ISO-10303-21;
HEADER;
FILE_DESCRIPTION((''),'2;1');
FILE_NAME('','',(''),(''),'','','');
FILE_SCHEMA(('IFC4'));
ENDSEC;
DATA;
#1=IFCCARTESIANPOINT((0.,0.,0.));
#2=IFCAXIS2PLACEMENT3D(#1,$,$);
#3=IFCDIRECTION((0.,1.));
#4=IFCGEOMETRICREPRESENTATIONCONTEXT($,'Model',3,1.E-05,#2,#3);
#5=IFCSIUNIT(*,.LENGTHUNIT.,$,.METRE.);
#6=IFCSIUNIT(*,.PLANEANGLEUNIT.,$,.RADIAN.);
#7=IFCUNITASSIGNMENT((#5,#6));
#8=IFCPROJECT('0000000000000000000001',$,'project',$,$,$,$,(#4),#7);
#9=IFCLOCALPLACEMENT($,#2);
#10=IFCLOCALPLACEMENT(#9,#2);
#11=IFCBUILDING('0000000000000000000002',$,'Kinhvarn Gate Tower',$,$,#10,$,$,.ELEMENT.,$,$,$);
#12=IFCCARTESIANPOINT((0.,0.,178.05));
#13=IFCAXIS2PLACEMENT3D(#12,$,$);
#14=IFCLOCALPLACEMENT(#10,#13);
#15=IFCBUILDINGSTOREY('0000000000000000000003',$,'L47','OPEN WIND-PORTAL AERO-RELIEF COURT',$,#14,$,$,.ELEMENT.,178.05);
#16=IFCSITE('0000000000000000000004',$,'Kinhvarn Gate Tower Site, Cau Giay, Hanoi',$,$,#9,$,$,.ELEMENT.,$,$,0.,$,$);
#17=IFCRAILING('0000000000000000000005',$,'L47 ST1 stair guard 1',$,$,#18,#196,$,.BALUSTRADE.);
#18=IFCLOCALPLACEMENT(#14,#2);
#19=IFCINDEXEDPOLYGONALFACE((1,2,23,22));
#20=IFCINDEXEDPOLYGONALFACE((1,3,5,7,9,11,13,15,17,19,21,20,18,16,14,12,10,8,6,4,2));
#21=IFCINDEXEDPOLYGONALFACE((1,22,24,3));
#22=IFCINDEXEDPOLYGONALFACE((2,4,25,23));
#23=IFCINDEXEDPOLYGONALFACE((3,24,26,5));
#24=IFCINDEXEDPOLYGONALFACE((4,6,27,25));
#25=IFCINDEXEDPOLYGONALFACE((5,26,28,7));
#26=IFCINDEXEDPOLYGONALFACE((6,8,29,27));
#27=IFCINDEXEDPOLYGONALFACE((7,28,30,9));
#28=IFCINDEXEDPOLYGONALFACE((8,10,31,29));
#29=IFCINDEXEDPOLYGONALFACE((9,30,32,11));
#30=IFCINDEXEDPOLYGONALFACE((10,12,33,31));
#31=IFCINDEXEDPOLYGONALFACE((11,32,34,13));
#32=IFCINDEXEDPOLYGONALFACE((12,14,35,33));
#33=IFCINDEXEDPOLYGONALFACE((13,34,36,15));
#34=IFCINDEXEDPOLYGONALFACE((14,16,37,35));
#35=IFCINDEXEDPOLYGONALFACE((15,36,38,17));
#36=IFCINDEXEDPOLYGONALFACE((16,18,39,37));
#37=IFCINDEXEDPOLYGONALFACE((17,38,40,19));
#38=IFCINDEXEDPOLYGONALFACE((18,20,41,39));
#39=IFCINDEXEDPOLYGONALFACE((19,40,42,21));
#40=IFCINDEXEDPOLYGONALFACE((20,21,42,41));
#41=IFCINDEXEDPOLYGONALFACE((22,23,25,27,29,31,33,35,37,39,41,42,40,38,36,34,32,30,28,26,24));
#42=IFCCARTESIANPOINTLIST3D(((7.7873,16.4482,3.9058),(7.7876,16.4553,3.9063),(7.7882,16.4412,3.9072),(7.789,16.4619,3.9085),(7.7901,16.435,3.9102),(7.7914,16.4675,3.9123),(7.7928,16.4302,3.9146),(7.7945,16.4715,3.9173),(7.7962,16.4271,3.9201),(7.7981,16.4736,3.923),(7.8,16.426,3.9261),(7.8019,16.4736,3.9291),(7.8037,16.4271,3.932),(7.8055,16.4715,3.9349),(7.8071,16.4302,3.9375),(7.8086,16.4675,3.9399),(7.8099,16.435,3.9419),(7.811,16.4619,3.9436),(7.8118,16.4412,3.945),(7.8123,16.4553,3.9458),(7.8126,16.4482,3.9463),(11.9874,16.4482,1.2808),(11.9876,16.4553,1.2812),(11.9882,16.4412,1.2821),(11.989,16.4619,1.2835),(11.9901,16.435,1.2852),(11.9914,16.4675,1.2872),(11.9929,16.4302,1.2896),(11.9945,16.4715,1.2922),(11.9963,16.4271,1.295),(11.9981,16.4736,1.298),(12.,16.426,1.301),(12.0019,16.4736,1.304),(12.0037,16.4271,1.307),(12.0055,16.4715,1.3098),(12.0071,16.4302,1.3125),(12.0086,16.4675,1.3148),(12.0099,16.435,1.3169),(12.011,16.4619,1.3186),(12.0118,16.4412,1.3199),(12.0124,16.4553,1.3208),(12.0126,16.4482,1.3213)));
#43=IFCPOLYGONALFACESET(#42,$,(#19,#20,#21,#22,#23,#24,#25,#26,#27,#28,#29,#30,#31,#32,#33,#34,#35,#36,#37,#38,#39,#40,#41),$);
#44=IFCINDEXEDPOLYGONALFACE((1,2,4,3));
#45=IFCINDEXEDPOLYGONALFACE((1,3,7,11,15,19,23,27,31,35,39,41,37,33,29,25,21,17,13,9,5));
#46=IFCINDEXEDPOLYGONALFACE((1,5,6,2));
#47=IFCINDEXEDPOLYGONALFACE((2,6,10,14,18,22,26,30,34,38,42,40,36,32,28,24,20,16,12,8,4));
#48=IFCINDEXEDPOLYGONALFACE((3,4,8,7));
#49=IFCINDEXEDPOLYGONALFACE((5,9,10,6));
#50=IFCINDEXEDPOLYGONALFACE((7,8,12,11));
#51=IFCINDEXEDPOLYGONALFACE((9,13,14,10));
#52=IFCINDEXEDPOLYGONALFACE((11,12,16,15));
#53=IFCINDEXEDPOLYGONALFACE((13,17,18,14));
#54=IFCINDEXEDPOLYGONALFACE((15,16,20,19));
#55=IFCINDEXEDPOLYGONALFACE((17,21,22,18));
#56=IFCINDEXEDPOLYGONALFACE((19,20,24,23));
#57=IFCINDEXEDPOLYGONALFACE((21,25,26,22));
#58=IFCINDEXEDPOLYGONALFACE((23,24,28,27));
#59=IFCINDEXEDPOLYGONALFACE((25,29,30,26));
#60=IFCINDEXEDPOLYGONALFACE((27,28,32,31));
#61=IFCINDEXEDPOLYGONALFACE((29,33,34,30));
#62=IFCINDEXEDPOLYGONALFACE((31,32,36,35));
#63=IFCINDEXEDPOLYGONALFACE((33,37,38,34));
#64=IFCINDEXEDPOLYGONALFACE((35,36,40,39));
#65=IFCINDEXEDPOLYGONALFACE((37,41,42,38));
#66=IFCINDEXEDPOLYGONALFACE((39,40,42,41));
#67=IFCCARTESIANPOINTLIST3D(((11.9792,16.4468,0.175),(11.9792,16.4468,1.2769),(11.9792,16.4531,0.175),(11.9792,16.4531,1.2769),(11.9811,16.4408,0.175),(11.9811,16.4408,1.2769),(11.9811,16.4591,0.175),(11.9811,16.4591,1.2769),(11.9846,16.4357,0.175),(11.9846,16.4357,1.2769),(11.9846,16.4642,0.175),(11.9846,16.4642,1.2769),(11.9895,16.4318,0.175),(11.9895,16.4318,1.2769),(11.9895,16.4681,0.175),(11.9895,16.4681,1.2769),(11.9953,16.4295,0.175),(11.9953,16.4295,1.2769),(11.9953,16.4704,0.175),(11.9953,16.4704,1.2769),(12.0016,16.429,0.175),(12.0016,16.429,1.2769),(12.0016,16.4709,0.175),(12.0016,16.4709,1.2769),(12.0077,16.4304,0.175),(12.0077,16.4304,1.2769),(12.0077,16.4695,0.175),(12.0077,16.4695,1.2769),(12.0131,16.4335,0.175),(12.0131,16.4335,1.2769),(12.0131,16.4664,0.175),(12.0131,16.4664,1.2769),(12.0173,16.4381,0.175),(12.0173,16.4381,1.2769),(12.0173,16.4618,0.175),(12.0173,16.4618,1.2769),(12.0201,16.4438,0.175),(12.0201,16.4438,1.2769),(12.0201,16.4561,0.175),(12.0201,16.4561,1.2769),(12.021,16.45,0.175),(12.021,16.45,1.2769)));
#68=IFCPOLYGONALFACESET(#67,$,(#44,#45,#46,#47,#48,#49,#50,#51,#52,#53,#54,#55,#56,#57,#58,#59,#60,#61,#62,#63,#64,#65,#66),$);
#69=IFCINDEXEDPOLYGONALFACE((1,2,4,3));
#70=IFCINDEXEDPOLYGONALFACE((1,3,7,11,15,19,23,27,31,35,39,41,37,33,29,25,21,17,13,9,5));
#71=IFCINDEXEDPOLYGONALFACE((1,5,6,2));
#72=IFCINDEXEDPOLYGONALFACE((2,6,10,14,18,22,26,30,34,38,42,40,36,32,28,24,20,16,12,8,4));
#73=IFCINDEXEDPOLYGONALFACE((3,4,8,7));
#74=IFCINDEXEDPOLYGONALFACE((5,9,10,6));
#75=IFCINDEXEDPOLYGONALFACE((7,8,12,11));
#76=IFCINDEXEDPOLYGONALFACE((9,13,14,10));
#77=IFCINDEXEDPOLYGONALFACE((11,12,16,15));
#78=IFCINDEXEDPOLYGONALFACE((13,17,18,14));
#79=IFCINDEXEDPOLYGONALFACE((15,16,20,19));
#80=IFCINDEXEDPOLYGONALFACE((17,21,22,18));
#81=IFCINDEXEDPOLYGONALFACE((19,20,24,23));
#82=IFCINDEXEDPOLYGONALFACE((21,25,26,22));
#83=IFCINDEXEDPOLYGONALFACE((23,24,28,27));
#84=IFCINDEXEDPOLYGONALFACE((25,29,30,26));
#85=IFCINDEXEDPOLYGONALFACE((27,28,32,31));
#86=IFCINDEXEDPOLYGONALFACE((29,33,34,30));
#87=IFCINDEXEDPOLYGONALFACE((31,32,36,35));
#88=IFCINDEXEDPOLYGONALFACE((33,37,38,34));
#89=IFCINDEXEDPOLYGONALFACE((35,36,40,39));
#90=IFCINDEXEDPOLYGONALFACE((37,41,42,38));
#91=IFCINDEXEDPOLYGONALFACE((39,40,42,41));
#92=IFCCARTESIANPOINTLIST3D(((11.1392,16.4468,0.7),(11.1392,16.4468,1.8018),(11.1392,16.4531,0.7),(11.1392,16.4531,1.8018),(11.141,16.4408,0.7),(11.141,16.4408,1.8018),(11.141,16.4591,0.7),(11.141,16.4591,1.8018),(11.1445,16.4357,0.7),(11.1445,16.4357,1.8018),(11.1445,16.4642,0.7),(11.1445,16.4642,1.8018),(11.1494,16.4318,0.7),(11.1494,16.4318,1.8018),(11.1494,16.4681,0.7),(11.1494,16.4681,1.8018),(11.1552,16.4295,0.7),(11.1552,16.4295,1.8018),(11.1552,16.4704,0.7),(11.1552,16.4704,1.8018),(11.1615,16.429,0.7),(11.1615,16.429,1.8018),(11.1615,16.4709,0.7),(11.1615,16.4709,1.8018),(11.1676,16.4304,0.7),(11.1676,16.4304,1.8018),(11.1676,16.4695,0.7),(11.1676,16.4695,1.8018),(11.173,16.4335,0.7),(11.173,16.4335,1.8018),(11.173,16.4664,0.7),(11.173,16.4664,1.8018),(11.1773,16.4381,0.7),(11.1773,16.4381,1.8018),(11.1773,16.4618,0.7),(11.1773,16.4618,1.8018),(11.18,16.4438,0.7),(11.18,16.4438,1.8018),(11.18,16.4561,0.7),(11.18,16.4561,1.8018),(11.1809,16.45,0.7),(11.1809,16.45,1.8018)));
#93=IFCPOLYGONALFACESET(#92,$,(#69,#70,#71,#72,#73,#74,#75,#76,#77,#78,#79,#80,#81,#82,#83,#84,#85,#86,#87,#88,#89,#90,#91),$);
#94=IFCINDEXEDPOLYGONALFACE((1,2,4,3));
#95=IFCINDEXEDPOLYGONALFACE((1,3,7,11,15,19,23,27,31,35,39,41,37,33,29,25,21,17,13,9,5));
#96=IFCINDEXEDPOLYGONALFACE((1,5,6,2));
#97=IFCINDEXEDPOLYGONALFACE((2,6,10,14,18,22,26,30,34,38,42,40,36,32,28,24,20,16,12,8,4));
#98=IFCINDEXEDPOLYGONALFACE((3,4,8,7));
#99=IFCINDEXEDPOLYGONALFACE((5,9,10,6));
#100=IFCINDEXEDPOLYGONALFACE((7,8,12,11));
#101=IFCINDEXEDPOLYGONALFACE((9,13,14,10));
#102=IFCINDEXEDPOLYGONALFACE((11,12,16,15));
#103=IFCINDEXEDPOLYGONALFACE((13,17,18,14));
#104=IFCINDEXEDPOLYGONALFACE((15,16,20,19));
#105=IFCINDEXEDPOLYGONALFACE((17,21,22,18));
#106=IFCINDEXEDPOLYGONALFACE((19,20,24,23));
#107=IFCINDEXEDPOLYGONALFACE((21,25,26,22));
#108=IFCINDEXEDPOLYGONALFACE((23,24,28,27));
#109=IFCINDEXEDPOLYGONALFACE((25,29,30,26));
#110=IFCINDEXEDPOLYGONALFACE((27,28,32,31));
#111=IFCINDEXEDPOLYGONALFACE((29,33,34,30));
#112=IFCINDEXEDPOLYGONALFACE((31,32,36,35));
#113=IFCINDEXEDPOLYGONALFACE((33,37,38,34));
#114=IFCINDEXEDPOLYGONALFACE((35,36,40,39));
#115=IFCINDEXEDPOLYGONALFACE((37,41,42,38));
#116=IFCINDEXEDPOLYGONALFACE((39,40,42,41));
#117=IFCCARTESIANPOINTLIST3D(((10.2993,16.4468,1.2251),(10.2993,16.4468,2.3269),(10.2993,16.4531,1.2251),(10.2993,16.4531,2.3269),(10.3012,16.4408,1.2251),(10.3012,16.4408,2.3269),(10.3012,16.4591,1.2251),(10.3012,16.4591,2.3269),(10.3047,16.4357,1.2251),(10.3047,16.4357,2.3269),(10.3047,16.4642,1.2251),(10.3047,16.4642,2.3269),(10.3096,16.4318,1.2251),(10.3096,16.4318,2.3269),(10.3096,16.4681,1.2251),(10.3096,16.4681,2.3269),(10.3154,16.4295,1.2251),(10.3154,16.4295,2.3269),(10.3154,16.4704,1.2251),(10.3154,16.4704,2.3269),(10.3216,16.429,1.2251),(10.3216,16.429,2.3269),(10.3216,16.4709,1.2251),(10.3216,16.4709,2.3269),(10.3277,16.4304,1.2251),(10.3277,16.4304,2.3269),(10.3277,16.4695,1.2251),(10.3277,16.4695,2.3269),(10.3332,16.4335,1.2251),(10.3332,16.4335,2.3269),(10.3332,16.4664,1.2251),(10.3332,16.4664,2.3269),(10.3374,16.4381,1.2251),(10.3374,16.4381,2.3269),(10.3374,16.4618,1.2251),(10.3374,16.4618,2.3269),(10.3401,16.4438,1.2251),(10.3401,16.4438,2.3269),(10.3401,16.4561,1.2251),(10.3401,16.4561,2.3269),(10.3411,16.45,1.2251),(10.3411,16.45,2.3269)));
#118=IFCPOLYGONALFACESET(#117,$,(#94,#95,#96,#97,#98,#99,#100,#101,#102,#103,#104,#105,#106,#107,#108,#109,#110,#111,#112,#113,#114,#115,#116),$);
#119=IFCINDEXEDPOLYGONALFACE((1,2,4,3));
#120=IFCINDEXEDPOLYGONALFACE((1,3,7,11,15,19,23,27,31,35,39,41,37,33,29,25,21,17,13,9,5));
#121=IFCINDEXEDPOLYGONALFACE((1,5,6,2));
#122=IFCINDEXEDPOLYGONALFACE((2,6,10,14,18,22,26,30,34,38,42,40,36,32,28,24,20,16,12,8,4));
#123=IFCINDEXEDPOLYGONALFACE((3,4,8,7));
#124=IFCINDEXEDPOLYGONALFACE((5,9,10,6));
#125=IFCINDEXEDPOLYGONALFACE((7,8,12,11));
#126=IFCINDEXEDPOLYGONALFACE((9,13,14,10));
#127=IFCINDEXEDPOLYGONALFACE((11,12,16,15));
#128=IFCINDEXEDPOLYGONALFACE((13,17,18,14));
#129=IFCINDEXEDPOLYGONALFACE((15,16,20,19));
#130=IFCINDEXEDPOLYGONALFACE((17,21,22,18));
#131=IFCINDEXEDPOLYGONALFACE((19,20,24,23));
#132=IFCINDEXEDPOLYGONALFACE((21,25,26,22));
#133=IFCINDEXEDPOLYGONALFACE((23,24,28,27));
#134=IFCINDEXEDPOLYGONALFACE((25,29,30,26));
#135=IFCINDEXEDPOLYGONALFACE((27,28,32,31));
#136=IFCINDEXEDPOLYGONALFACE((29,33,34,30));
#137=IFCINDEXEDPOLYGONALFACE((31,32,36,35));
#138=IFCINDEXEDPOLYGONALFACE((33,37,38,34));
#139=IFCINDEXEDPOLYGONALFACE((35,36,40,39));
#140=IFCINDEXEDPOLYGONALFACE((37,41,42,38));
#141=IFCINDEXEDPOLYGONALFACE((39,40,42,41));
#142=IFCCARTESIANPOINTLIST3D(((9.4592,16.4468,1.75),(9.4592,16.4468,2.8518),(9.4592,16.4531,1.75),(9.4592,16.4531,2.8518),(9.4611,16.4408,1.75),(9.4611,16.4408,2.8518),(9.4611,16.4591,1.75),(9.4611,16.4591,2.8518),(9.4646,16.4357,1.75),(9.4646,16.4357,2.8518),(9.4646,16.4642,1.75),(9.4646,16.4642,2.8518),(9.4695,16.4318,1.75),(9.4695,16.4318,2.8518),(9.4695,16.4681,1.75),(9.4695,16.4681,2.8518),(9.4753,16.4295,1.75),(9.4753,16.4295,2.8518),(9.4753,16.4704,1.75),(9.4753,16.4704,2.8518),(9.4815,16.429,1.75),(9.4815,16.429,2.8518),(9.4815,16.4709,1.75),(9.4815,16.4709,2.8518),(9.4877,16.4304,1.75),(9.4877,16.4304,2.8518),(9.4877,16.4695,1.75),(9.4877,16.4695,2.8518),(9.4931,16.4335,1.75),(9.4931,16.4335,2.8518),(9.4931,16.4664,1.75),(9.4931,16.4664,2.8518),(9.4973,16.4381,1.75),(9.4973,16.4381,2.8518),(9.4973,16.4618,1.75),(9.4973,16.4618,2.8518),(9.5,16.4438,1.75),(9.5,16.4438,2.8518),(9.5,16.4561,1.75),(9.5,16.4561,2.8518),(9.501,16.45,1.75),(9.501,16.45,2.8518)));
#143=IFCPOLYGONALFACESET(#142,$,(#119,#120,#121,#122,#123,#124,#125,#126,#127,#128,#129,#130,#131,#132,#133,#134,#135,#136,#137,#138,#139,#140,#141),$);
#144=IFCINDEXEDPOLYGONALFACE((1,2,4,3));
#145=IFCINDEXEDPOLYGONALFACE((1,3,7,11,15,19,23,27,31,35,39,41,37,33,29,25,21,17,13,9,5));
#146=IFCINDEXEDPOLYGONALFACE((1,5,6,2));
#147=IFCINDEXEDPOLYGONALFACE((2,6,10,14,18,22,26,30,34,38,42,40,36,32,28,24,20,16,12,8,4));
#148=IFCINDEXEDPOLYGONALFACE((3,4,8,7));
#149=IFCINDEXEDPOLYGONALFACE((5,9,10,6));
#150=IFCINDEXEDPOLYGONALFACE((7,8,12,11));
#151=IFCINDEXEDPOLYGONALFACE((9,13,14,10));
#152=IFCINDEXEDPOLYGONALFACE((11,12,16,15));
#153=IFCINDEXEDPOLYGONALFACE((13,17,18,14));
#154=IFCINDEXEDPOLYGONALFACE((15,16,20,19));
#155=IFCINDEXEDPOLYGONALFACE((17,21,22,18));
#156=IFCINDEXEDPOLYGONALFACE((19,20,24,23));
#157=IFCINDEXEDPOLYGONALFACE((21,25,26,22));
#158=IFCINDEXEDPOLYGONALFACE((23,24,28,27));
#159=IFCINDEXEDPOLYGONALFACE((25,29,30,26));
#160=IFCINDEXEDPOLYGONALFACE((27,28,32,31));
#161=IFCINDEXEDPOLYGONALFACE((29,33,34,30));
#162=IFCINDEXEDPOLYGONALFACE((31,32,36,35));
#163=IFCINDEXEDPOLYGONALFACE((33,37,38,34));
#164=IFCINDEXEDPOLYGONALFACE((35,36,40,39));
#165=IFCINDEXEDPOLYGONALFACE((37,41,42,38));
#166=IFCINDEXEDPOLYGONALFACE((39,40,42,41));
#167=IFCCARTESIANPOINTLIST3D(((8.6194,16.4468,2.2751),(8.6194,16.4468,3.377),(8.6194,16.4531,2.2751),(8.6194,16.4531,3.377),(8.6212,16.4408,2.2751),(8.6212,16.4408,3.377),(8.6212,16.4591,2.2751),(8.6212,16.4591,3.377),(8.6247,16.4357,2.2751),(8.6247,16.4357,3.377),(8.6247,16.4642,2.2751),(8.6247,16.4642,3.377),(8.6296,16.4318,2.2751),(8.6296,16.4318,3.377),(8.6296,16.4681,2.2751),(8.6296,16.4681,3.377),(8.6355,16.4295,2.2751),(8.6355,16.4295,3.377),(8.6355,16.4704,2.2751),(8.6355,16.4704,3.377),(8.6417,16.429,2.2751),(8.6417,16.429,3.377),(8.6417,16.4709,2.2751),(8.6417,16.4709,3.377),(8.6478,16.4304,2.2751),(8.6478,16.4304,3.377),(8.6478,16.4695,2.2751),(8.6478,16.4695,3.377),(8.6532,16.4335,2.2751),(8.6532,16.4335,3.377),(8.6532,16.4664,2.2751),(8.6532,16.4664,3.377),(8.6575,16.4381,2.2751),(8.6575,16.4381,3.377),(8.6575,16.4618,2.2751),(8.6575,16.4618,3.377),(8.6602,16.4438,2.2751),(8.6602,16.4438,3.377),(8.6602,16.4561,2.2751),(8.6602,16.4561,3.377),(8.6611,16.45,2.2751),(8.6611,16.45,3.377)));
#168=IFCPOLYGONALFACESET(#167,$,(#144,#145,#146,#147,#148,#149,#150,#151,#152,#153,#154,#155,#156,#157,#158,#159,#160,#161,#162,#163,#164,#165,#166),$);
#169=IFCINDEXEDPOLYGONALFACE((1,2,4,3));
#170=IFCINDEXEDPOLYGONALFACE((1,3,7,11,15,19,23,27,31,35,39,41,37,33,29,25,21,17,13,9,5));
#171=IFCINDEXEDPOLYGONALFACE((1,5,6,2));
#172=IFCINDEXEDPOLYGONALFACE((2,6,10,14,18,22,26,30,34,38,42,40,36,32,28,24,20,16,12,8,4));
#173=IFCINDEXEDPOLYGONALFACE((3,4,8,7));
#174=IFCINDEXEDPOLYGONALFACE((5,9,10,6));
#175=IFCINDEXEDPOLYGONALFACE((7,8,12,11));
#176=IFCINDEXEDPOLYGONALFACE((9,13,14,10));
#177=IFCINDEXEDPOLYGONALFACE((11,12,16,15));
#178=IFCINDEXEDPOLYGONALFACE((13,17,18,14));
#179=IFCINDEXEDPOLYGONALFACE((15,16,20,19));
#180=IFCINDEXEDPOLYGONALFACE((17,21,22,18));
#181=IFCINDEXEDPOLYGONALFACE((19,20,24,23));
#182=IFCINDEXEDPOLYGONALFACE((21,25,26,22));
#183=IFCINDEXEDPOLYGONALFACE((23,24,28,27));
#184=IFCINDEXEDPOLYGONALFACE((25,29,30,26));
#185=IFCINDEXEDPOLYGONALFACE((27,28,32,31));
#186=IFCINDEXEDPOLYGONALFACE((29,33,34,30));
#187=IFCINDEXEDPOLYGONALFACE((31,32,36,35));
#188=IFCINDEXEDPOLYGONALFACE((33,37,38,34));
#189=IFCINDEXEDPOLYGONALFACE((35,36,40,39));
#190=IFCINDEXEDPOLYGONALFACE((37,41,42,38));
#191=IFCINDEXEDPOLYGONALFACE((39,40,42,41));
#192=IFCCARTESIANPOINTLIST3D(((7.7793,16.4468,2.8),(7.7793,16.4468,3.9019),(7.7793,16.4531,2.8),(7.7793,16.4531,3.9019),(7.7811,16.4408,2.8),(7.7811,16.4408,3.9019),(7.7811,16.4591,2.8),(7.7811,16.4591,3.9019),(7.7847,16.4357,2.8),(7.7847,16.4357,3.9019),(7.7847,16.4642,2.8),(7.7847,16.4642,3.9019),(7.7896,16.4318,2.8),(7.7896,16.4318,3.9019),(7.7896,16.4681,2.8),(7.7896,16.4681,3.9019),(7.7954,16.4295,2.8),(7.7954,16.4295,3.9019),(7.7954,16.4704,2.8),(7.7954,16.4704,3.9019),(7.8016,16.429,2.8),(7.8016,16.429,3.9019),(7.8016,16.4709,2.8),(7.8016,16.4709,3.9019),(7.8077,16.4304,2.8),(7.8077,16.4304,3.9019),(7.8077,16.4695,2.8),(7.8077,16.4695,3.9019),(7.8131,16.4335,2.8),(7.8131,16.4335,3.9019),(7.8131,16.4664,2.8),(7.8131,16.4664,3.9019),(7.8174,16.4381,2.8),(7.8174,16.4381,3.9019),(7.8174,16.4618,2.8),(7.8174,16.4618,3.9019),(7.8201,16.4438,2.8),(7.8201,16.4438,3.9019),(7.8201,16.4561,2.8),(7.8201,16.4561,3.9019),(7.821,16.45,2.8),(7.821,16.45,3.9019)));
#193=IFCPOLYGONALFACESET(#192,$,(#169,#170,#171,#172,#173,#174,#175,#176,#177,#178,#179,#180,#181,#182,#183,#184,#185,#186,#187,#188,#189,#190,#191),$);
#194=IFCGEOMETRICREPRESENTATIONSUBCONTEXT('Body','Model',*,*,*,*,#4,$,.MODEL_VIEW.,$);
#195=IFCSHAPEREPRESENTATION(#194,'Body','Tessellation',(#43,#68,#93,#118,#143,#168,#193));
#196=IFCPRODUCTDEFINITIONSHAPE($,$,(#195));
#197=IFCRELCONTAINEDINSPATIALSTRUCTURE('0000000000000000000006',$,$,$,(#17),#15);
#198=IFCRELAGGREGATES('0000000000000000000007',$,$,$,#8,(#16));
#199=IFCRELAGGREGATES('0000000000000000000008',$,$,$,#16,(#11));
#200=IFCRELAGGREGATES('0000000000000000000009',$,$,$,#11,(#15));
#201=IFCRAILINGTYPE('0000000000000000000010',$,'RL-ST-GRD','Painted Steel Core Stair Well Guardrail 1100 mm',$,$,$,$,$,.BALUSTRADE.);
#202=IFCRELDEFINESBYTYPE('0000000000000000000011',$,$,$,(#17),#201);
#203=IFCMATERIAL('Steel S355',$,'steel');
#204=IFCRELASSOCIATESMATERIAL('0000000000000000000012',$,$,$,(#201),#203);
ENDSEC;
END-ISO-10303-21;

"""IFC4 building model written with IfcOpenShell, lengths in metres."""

from ifc_helpers import new_model, si_unit, direction, frame, origin, origin_2d, place, context, subcontext, project, spatial, circle, extrude, material, type_object, element, save


model = new_model("IFC4")

# Units and contexts
model_context = context("Model", 3, precision=1e-05, world=origin(), true_north=direction((0.0, 1.0)))
body_context = subcontext(model_context, "Body", "Model", "MODEL_VIEW")
ifc_project = project(units=[si_unit("LENGTHUNIT", "METRE"), si_unit("PLANEANGLEUNIT", "RADIAN")], contexts=[model_context])

# Site, building, storey
site_placement = place(None, origin())
site = spatial("IfcSite", under=ifc_project, at=site_placement, Name="Kinhvarn Gate Tower Site, Cau Giay, Hanoi", CompositionType="ELEMENT", RefElevation=0.0)
building_placement = place(site_placement, origin())
building = spatial("IfcBuilding", under=site, at=building_placement, Name="Kinhvarn Gate Tower", CompositionType="ELEMENT")
storey_placement = place(building_placement, frame((0.0, 0.0, 178.05)))
storey = spatial("IfcBuildingStorey", under=building, at=storey_placement, Name="L47", Description="OPEN WIND-PORTAL AERO-RELIEF COURT", CompositionType="ELEMENT", Elevation=178.05)

# Shared definitions
ifc_material_1 = material(Name="Steel S355", Category="steel")

# Railing
railing_type_1 = type_object("IfcRailingType", Name="RL-ST-GRD", Description="Painted Steel Core Stair Well Guardrail 1100 mm", PredefinedType="BALUSTRADE", material=ifc_material_1)
railing_1_placement = place(storey_placement, frame((12.0, 16.45, 0.175)))
element("IfcRailing", 1, at=railing_1_placement, inside=storey, type_object=railing_type_1, Name="L47 ST1 stair guard 1", PredefinedType="BALUSTRADE", context=body_context, shape_type="SweptSolid", body=[
    extrude(circle(Radius=0.0239, at=origin_2d()), frame((0.0, 0.0, 1.126), z_axis=(-0.847996, 0.0, 0.530003), x_axis=(0.0, -1.0, 0.0)), (0.0, 0.0, 1.0), 4.9529),
    extrude(circle(Radius=0.021, at=origin_2d()), origin(), (0.0, 0.0, 1.0), 1.1018),
    extrude(circle(Radius=0.021, at=origin_2d()), frame((-0.8401, 0.0, 0.5249)), (0.0, 0.0, 1.0), 1.1018),
    extrude(circle(Radius=0.021, at=origin_2d()), frame((-1.6799, 0.0, 1.05)), (0.0, 0.0, 1.0), 1.1018),
    extrude(circle(Radius=0.021, at=origin_2d()), frame((-2.52, 0.0, 1.575)), (0.0, 0.0, 1.0), 1.1018),
    extrude(circle(Radius=0.021, at=origin_2d()), frame((-3.3599, 0.0, 2.1001)), (0.0, 0.0, 1.0), 1.1018),
    extrude(circle(Radius=0.021, at=origin_2d()), frame((-4.2, 0.0, 2.625)), (0.0, 0.0, 1.0), 1.1018),
])

save(model, "model.ifc")
